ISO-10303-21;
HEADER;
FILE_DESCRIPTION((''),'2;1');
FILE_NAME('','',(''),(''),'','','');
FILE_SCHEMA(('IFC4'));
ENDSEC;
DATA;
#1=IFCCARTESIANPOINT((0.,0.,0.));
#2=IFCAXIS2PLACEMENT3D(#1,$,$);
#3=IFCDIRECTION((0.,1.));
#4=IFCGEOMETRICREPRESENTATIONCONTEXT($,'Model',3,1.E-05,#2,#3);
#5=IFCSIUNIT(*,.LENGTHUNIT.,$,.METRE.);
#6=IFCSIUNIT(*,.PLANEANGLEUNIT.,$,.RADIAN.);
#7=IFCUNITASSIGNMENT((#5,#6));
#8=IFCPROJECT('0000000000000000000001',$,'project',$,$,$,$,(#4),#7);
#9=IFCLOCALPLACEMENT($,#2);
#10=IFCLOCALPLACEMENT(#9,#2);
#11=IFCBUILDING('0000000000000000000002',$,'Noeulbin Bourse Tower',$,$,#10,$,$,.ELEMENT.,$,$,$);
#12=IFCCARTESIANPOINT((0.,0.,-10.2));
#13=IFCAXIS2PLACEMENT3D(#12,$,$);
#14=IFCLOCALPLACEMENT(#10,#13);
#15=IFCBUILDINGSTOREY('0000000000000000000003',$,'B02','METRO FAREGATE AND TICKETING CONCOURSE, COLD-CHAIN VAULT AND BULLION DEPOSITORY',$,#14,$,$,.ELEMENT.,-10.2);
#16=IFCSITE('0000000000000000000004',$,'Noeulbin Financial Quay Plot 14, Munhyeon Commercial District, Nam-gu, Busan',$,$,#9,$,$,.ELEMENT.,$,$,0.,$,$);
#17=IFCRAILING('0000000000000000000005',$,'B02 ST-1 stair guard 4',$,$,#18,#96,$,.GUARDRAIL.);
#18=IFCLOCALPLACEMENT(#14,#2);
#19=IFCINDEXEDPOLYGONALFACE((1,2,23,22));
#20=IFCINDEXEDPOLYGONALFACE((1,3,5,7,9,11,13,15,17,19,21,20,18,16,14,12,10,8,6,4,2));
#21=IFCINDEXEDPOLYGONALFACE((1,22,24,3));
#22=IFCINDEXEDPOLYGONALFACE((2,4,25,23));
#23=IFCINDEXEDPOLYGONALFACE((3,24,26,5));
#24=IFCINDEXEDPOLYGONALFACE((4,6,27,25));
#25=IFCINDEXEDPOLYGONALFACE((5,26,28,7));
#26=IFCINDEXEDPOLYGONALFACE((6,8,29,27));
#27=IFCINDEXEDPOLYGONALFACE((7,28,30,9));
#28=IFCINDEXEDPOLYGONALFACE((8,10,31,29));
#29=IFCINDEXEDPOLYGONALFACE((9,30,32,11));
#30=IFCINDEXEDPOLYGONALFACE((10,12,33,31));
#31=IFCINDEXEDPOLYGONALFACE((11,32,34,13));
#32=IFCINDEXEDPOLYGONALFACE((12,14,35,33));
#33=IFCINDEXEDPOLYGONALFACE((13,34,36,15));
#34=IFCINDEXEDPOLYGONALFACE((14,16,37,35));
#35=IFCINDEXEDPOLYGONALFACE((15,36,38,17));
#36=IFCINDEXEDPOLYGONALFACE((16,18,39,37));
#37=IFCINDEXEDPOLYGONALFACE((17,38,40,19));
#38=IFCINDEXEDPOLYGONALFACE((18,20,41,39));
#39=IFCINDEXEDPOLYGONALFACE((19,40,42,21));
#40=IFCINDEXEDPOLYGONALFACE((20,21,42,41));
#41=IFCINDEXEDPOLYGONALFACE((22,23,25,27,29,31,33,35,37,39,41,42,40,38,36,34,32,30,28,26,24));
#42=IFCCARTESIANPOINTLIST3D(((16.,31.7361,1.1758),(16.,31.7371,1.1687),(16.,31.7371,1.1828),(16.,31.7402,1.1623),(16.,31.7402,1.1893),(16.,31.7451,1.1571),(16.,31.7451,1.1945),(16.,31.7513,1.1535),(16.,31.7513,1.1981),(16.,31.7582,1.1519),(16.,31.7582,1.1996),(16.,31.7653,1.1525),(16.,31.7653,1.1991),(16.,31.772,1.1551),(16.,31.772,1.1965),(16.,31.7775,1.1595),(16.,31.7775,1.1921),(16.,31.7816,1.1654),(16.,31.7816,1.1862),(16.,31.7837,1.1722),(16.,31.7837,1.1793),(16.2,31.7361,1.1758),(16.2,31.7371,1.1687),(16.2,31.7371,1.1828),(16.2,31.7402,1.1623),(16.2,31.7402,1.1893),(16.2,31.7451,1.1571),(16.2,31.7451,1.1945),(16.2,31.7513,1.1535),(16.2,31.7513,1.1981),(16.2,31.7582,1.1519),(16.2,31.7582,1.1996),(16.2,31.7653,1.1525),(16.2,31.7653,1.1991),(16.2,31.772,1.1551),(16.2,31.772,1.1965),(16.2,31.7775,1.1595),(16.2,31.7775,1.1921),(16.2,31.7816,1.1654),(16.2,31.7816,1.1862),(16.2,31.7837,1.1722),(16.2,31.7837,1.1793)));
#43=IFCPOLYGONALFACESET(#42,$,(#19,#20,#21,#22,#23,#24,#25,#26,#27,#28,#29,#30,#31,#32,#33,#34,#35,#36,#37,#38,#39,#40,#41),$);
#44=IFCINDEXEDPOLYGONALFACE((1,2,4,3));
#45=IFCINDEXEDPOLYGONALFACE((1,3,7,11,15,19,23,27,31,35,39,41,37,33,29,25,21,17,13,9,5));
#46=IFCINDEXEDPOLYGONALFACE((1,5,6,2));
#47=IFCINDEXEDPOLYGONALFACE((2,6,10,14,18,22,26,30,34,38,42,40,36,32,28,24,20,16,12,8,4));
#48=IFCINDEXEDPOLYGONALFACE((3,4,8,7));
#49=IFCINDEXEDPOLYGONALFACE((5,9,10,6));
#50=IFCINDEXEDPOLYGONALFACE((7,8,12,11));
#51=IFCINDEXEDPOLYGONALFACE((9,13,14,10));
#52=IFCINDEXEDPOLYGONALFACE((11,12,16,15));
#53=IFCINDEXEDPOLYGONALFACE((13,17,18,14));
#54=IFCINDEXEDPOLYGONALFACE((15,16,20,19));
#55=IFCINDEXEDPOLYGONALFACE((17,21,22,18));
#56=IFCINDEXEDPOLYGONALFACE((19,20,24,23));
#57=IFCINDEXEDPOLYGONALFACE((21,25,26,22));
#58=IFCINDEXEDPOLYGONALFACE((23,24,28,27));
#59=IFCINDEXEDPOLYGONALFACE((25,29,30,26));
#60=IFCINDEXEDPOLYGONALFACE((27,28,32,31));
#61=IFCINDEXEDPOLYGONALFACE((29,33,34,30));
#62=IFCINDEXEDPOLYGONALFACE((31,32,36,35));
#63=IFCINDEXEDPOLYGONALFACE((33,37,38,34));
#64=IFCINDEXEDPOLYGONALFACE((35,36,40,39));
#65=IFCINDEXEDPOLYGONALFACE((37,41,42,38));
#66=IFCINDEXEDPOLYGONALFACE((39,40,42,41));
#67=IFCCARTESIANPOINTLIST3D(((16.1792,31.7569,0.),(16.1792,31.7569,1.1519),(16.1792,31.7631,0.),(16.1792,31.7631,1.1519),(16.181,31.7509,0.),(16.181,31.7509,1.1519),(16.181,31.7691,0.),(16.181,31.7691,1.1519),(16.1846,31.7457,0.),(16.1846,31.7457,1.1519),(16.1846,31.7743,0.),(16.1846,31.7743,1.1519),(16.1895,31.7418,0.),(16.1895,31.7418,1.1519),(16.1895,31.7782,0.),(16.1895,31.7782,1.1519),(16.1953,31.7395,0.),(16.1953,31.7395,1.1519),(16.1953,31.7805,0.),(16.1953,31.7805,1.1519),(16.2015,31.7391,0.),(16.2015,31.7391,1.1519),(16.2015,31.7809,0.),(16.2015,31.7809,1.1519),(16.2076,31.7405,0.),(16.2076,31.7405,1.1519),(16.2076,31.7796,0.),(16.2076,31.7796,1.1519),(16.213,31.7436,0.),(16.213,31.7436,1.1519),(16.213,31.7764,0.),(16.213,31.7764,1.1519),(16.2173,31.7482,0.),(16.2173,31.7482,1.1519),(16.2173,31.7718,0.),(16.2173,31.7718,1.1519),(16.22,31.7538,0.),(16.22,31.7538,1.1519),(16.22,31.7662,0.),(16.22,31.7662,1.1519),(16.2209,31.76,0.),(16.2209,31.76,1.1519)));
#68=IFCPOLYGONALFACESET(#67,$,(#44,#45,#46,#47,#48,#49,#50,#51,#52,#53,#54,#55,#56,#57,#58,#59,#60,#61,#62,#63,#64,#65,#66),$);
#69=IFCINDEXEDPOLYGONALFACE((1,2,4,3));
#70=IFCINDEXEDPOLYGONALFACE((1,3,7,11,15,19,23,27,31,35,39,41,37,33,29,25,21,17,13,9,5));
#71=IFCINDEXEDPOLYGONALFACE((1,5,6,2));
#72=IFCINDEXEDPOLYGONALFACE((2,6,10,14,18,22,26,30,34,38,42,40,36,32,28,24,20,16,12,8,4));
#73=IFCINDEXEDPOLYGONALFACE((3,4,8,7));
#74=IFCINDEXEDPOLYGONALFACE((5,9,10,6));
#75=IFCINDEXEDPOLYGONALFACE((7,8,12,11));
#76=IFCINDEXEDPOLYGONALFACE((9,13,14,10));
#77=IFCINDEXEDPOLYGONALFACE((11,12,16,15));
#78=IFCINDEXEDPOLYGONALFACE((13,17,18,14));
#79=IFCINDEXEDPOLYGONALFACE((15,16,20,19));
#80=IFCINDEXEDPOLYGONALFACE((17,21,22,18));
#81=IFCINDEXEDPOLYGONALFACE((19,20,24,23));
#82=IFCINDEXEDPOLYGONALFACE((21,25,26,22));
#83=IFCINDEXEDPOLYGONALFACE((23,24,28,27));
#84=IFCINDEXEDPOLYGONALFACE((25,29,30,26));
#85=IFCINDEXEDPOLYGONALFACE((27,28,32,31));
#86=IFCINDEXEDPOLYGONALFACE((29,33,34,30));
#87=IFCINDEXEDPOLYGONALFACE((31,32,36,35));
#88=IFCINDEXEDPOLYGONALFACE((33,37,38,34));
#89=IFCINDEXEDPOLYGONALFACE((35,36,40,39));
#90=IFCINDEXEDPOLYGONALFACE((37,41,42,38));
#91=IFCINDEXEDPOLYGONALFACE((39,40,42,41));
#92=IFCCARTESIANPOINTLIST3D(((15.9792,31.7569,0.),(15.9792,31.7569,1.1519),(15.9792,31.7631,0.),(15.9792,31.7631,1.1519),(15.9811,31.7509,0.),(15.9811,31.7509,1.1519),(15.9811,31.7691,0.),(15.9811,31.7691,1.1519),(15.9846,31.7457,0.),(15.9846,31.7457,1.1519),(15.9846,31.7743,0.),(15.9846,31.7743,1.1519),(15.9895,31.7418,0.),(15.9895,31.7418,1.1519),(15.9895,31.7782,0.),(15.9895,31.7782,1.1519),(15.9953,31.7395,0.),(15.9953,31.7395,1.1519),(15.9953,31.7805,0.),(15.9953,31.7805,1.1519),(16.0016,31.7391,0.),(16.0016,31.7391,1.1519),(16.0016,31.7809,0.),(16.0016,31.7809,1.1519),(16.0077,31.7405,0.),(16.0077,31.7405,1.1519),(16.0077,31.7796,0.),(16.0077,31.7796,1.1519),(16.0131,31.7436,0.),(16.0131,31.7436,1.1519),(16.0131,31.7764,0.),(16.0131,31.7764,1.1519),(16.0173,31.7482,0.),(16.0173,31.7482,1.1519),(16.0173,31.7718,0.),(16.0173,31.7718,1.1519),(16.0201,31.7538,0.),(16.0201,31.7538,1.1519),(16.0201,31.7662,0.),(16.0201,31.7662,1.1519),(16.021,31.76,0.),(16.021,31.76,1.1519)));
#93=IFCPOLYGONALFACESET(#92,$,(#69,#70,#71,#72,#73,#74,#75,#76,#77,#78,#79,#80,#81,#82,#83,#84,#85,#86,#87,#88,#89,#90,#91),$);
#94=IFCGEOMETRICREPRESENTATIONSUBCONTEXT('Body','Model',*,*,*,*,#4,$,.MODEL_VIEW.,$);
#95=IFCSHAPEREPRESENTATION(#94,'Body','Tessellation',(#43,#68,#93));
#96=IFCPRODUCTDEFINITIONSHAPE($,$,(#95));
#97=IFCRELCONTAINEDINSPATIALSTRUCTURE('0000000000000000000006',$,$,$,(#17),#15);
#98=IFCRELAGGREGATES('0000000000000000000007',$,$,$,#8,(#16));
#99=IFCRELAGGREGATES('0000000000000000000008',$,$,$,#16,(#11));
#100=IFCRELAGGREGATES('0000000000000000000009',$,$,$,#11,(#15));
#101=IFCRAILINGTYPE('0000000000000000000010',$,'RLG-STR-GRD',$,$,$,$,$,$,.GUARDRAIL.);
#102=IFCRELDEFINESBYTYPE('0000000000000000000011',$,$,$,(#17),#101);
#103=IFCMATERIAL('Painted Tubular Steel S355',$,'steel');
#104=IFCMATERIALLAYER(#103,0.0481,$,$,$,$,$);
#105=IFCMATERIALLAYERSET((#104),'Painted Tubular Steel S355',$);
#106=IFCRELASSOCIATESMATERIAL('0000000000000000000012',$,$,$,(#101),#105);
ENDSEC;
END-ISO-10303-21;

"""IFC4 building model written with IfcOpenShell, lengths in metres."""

from ifc_helpers import new_model, si_unit, direction, frame, origin, origin_2d, place, context, subcontext, project, spatial, circle, extrude, material, layer, layer_set, type_object, element, save


model = new_model("IFC4")

# Units and contexts
model_context = context("Model", 3, precision=1e-05, world=origin(), true_north=direction((0.0, 1.0)))
body_context = subcontext(model_context, "Body", "Model", "MODEL_VIEW")
ifc_project = project(units=[si_unit("LENGTHUNIT", "METRE"), si_unit("PLANEANGLEUNIT", "RADIAN")], contexts=[model_context])

# Site, building, storey
site_placement = place(None, origin())
site = spatial("IfcSite", under=ifc_project, at=site_placement, Name="Noeulbin Financial Quay Plot 14, Munhyeon Commercial District, Nam-gu, Busan", CompositionType="ELEMENT", RefElevation=0.0)
building_placement = place(site_placement, origin())
building = spatial("IfcBuilding", under=site, at=building_placement, Name="Noeulbin Bourse Tower", CompositionType="ELEMENT")
storey_placement = place(building_placement, frame((0.0, 0.0, -10.2)))
storey = spatial("IfcBuildingStorey", under=building, at=storey_placement, Name="B02", Description="METRO FAREGATE AND TICKETING CONCOURSE, COLD-CHAIN VAULT AND BULLION DEPOSITORY", CompositionType="ELEMENT", Elevation=-10.2)

# Railing
ifc_material_1 = material(Name="Painted Tubular Steel S355", Category="steel")
ifc_layer_1 = layer(ifc_material_1, 0.0481)
ifc_layer_set_1 = layer_set([ifc_layer_1], Name="Painted Tubular Steel S355")
railing_type_1 = type_object("IfcRailingType", Name="RLG-STR-GRD", PredefinedType="GUARDRAIL", material=ifc_layer_set_1)
railing_1_placement = place(storey_placement, frame((16.2, 31.76, 0.0)))
element("IfcRailing", 1, at=railing_1_placement, inside=storey, type_object=railing_type_1, Name="B02 ST-1 stair guard 4", PredefinedType="GUARDRAIL", context=body_context, shape_type="SweptSolid", body=[
    extrude(circle(Radius=0.0239, at=origin_2d()), frame((0.0, 0.0, 1.1758), z_axis=(-1.0, 0.0, 0.0), x_axis=(0.0, -1.0, 0.0)), (0.0, 0.0, 1.0), 0.2),
    extrude(circle(Radius=0.021, at=origin_2d()), origin(), (0.0, 0.0, 1.0), 1.1519),
    extrude(circle(Radius=0.021, at=origin_2d()), frame((-0.2, 0.0, 0.0)), (0.0, 0.0, 1.0), 1.1519),
])

save(model, "model.ifc")
